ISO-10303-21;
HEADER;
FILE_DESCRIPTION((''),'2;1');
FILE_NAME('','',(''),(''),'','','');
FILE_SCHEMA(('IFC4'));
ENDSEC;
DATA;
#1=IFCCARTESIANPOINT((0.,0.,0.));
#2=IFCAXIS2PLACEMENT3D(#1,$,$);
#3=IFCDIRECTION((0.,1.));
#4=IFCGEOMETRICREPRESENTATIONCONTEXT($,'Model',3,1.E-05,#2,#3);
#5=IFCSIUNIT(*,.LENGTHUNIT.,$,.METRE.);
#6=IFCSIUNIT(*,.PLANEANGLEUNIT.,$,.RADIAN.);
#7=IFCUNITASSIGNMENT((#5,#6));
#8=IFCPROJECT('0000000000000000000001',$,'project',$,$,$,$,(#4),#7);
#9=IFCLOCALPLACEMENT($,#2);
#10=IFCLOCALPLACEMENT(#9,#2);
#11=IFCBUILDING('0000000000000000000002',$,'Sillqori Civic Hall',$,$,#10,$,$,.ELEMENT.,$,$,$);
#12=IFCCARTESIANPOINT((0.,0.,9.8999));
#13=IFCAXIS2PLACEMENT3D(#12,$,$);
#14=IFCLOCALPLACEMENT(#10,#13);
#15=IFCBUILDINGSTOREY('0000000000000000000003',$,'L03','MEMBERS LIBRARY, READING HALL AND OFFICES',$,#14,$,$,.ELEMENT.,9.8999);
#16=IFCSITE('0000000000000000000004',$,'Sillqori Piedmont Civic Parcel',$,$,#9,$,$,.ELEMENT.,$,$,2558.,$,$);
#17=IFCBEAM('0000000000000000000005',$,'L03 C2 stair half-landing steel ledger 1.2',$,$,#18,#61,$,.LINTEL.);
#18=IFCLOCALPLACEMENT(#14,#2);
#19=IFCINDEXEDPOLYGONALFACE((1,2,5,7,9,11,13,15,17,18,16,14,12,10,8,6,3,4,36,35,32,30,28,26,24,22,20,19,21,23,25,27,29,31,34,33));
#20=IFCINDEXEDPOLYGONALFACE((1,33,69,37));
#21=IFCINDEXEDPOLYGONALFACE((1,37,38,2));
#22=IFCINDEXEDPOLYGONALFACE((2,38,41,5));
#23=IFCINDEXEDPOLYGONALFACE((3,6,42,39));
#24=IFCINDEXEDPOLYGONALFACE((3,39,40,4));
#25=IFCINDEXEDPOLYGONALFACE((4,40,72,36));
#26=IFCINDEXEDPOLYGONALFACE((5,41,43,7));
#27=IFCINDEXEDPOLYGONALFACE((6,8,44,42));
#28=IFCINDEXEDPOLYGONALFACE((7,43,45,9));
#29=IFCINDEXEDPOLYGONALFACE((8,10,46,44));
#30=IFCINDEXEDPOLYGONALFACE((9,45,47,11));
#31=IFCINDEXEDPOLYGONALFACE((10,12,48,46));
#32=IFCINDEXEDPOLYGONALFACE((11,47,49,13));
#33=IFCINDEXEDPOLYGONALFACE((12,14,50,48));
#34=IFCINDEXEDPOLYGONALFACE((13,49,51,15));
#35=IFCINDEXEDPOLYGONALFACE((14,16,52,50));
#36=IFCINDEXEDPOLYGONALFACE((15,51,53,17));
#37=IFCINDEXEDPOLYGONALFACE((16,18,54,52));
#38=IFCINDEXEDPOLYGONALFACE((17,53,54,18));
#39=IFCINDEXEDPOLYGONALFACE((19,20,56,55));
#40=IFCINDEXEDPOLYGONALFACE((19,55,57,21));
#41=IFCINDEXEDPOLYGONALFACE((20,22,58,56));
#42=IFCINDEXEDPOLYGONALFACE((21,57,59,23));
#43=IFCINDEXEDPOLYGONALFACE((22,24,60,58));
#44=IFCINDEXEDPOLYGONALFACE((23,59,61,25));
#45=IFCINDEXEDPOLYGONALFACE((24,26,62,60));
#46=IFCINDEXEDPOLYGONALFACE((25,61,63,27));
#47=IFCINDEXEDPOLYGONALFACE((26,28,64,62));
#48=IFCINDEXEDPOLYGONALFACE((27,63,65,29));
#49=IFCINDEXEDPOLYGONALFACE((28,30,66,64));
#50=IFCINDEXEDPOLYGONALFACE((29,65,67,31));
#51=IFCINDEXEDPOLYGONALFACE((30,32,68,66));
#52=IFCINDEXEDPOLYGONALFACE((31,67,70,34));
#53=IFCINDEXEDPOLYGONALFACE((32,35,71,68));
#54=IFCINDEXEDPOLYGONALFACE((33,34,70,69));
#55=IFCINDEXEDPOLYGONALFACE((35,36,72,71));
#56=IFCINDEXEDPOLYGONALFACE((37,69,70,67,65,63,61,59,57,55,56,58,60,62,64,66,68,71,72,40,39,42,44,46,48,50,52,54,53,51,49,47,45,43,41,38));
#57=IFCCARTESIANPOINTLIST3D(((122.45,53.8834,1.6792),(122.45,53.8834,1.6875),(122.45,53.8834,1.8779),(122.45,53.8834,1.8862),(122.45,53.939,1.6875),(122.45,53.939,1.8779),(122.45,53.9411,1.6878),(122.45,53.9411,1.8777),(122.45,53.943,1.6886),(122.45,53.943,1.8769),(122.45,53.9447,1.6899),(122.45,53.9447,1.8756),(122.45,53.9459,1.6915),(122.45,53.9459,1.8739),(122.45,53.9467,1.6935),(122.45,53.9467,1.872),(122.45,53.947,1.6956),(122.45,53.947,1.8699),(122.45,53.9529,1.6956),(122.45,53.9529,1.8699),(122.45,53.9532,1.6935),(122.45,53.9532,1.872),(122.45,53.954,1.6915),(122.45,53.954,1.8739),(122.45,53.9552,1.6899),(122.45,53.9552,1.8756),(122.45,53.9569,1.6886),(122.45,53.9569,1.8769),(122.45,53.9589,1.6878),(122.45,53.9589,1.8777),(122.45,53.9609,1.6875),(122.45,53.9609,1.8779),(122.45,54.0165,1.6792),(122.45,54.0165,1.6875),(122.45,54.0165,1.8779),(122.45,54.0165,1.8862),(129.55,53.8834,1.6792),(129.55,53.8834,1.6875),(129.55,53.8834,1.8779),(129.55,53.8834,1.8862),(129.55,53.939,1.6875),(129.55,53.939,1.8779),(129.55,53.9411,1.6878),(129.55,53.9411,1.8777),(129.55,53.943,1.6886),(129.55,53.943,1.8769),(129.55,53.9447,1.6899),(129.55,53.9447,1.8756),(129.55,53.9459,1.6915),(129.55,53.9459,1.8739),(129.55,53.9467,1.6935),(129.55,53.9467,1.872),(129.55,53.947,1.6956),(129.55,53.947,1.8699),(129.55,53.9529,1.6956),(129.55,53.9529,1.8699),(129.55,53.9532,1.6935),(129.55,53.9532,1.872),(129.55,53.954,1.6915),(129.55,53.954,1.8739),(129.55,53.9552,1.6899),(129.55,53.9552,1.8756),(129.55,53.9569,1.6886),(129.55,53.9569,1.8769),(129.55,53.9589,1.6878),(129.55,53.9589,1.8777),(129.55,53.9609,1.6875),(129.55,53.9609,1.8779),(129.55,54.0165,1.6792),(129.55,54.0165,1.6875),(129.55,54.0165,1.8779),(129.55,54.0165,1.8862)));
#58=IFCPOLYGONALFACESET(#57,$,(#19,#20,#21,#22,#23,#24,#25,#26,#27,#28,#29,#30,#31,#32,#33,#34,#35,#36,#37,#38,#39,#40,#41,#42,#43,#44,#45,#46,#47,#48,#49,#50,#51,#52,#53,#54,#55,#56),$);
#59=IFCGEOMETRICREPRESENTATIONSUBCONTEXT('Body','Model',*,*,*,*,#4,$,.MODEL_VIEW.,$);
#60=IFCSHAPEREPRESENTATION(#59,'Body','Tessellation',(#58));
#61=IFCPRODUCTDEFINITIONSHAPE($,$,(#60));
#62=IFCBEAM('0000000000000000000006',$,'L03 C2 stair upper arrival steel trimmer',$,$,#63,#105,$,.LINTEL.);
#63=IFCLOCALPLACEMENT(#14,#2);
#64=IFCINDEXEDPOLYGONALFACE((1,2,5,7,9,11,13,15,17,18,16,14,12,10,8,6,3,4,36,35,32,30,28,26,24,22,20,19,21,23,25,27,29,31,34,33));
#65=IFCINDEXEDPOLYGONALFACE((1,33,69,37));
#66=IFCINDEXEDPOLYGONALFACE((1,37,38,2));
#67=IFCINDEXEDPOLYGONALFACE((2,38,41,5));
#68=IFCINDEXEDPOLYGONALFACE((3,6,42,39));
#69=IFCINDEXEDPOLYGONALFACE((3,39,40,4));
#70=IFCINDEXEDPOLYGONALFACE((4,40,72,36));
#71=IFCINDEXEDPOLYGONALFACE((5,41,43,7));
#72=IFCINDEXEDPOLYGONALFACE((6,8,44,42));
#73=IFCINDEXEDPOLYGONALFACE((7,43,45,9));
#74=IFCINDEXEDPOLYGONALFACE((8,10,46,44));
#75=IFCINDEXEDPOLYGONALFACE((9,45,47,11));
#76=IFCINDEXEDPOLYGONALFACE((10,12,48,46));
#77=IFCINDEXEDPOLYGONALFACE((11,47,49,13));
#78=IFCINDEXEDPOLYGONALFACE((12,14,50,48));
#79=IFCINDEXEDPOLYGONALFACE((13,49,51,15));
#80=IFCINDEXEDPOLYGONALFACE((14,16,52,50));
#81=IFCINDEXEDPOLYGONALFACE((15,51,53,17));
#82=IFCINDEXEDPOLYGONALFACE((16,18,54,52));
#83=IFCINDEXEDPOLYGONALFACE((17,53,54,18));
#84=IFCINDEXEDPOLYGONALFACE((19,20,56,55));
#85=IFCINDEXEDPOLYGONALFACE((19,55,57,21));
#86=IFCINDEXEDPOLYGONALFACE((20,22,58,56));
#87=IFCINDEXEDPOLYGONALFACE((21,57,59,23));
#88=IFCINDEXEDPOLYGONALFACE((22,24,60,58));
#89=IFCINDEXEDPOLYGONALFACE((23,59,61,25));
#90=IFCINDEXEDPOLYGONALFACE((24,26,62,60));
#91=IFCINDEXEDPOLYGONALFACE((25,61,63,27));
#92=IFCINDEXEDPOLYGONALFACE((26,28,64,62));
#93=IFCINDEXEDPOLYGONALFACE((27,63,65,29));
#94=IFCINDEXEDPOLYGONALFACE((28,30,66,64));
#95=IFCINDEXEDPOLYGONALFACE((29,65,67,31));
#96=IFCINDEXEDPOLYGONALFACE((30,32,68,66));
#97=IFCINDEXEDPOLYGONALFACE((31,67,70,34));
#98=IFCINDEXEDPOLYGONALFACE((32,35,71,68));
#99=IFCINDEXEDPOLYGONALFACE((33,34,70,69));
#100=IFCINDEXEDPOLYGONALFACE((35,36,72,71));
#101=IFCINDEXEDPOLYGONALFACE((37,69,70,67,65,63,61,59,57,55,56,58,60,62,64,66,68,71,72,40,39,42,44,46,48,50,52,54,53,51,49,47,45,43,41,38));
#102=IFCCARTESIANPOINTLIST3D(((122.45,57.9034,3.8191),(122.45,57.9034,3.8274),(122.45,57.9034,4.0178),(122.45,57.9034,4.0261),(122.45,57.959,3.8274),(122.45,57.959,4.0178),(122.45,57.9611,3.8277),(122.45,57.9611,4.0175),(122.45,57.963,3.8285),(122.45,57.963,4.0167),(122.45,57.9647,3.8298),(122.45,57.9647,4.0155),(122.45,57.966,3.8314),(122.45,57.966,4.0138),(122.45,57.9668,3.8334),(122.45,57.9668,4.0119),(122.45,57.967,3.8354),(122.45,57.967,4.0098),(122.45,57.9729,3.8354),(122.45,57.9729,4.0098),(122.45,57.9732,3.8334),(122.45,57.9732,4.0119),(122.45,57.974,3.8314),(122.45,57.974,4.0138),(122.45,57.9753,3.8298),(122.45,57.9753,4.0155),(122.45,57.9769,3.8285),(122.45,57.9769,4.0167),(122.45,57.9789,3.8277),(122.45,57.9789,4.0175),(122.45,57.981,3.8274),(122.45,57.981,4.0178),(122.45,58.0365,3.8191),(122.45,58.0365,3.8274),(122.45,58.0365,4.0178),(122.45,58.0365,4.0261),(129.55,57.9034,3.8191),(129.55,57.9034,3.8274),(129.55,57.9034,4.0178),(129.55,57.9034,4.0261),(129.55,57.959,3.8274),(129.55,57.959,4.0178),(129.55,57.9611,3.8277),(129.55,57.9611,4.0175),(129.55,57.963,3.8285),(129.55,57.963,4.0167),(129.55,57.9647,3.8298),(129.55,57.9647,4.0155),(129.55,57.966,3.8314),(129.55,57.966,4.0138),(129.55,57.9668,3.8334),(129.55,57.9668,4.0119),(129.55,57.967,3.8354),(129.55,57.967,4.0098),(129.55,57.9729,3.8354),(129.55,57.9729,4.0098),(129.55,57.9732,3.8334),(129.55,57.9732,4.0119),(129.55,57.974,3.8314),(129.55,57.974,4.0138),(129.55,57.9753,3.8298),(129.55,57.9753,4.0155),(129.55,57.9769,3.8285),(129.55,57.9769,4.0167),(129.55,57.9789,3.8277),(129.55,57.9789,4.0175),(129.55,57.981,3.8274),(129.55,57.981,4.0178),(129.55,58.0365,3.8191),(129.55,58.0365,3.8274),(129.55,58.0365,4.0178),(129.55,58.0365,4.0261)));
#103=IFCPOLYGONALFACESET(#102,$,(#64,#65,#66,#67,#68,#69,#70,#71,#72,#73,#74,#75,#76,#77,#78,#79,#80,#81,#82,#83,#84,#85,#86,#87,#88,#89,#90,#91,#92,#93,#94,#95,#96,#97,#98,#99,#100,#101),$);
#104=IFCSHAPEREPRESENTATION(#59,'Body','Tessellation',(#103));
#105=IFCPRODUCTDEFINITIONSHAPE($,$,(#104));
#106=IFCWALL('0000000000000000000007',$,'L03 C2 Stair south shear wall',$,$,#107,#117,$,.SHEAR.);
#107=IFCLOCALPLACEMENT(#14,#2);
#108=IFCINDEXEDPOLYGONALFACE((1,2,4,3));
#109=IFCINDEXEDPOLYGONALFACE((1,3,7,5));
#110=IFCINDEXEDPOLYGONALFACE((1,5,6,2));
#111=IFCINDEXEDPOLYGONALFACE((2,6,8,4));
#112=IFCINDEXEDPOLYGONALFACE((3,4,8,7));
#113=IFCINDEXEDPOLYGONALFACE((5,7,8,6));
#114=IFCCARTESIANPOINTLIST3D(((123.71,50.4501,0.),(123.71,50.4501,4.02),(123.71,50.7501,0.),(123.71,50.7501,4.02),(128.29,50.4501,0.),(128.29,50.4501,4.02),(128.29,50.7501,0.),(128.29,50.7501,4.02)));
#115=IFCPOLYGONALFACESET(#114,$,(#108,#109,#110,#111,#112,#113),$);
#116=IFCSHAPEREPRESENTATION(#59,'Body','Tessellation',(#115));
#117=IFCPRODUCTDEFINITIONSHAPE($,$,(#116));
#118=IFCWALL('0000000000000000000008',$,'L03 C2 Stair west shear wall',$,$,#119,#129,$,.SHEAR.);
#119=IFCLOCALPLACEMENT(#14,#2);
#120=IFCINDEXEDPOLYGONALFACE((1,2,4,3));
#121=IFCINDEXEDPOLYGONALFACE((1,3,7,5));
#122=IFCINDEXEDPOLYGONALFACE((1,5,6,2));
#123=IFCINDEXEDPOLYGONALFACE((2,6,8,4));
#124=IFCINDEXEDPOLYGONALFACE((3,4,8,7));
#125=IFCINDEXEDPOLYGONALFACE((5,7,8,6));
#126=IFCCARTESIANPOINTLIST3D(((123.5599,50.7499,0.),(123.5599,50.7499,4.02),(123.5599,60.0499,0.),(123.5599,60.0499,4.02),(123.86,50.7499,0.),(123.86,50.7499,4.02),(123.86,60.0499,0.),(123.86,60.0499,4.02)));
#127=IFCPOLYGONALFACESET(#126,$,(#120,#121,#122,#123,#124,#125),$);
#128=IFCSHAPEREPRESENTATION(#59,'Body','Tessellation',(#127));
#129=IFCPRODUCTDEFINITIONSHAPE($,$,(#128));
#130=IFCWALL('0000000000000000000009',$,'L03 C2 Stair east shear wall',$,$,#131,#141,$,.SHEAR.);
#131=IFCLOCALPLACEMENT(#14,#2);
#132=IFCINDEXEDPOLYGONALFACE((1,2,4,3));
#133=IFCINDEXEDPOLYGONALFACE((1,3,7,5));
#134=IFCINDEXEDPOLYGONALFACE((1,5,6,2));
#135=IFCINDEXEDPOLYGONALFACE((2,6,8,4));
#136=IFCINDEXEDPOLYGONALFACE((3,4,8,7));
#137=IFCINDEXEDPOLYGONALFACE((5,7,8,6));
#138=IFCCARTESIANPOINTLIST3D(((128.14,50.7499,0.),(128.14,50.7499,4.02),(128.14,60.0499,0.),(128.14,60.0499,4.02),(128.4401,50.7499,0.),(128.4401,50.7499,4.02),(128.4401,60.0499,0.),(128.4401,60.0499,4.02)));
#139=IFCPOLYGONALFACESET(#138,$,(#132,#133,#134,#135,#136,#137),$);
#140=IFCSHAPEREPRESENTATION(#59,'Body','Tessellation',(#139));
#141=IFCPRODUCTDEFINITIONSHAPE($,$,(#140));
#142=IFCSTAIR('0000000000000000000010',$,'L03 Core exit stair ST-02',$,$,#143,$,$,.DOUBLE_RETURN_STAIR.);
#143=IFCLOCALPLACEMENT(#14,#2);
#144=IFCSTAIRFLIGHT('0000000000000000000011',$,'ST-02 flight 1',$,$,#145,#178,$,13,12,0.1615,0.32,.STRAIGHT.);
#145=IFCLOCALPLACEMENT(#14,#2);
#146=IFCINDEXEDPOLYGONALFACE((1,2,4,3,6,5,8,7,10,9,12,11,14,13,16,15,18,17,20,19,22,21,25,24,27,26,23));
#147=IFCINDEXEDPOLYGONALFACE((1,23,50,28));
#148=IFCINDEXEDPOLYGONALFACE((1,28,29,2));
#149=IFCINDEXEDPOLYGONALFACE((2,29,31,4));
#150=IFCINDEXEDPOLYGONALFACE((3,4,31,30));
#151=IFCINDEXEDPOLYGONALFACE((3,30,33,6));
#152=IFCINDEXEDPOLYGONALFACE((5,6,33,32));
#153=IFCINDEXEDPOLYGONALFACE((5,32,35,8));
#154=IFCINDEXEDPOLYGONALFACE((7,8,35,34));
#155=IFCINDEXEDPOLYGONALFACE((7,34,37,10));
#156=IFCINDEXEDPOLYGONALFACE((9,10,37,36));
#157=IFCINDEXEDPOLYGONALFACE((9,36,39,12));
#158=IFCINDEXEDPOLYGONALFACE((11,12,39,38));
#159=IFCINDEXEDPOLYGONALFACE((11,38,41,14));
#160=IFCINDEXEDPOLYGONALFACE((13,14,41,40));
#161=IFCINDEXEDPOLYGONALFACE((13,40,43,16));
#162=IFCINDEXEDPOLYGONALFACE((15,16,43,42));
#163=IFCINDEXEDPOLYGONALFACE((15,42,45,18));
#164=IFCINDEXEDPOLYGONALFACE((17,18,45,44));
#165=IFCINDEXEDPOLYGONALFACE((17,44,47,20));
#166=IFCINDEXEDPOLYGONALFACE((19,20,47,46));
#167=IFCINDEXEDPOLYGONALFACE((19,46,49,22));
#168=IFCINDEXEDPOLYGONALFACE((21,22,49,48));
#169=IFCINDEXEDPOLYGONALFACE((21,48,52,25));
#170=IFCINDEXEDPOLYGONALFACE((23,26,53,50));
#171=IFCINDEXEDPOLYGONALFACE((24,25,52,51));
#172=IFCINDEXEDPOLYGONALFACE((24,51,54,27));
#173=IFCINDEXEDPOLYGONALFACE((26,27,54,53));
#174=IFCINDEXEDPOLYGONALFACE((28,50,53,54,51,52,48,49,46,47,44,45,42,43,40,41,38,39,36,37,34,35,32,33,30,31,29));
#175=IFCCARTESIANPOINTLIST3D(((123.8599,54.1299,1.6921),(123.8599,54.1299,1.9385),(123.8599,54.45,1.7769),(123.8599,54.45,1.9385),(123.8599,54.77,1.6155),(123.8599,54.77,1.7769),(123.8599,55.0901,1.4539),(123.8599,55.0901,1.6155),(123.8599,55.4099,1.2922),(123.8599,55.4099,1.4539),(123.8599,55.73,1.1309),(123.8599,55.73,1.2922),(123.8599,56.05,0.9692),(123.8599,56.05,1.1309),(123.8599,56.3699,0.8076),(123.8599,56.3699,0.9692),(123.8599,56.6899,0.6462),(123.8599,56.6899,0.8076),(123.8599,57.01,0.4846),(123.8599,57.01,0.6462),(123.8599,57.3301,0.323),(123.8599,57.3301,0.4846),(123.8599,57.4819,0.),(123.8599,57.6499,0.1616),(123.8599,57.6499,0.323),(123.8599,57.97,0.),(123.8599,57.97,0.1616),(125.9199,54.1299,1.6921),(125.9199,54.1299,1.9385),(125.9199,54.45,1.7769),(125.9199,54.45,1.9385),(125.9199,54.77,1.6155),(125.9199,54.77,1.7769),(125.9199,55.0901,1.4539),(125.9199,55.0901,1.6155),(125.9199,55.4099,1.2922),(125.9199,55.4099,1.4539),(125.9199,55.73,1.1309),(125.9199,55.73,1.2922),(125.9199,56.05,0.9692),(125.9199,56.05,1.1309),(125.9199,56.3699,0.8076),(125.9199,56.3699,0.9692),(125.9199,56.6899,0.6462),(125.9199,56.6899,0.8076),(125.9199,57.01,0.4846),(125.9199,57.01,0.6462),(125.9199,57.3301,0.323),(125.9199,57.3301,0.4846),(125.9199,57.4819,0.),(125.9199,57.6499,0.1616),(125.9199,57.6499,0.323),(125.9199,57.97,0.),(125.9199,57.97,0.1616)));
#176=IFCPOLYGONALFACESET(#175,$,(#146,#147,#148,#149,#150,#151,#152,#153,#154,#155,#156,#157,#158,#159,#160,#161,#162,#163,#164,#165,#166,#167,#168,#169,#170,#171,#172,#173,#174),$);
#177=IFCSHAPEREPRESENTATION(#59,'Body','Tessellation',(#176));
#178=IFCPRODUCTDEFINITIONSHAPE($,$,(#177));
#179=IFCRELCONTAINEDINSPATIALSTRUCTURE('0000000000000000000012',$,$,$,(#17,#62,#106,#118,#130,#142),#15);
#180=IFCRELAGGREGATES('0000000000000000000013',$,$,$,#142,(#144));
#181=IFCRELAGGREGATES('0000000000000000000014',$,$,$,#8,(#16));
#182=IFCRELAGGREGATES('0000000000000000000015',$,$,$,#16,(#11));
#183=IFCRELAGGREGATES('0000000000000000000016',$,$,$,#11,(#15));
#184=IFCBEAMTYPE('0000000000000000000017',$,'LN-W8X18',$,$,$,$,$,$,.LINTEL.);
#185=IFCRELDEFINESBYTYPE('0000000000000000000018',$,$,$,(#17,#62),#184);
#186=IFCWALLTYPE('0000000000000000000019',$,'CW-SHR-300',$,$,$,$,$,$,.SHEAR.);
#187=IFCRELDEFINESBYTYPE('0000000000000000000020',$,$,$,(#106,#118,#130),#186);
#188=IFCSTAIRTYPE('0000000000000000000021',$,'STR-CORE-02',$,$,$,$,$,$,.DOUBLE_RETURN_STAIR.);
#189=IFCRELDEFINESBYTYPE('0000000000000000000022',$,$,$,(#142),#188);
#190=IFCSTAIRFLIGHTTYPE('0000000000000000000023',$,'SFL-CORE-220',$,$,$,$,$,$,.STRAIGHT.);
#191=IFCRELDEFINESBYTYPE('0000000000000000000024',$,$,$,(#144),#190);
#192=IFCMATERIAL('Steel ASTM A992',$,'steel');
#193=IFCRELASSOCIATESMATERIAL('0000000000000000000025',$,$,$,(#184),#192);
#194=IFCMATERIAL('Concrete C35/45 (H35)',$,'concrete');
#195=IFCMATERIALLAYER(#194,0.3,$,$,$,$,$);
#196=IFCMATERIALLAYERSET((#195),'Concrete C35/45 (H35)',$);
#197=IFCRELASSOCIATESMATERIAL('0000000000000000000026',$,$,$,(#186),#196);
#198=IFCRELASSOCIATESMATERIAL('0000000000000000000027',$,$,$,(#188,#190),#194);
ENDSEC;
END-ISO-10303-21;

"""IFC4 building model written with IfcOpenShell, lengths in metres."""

from ifc_helpers import new_model, si_unit, direction, frame, frame_2d, origin, origin_2d, place, context, subcontext, project, spatial, polyline, rectangle, i_section, outline, extrude, material, layer, layer_set, material_profile, profile_set, type_object, element, aggregate, save


model = new_model("IFC4")

# Units and contexts
model_context = context("Model", 3, precision=1e-05, world=origin(), true_north=direction((0.0, 1.0)))
body_context = subcontext(model_context, "Body", "Model", "MODEL_VIEW")
ifc_project = project(units=[si_unit("LENGTHUNIT", "METRE"), si_unit("PLANEANGLEUNIT", "RADIAN")], contexts=[model_context])

# Site, building, storey
site_placement = place(None, origin())
site = spatial("IfcSite", under=ifc_project, at=site_placement, Name="Sillqori Piedmont Civic Parcel", CompositionType="ELEMENT", RefElevation=2558.0)
building_placement = place(site_placement, origin())
building = spatial("IfcBuilding", under=site, at=building_placement, Name="Sillqori Civic Hall", CompositionType="ELEMENT")
storey_placement = place(building_placement, frame((0.0, 0.0, 9.8999)))
storey = spatial("IfcBuildingStorey", under=building, at=storey_placement, Name="L03", Description="MEMBERS LIBRARY, READING HALL AND OFFICES", CompositionType="ELEMENT", Elevation=9.8999)

# Shared definitions
ifc_material_1 = material(Name="Steel ASTM A992", Category="steel")

# Beams
ifc_material_profile_1 = material_profile(ifc_material_1, i_section(OverallWidth=0.1331, OverallDepth=0.207, WebThickness=0.0059, FlangeThickness=0.0083, FilletRadius=0.0081, at=origin_2d()), Name="W8X18")
ifc_profile_set_1 = profile_set([ifc_material_profile_1], Name="Steel ASTM A992")
beam_type_1 = type_object("IfcBeamType", Name="LN-W8X18", PredefinedType="LINTEL", material=ifc_profile_set_1)
for number, where, z_axis, x_axis, name in (
    (1, (122.45, 53.95, 1.7827), (1.0, 0.0, 0.0), (0.0, 1.0, 0.0), "L03 C2 stair half-landing steel ledger 1.2"),
    (2, (122.45, 57.97, 3.9226), (1.0, 0.0, 0.0), (0.0, 1.0, 0.0), "L03 C2 stair upper arrival steel trimmer"),
):
    element("IfcBeam", number, at=place(storey_placement, frame(where, z_axis=z_axis, x_axis=x_axis)), inside=storey, type_object=beam_type_1, Name=name, PredefinedType="LINTEL", context=body_context, shape_type="SweptSolid", body=[
        extrude(i_section(OverallWidth=0.1331, OverallDepth=0.207, WebThickness=0.0059, FlangeThickness=0.0083, FilletRadius=0.0081, at=origin_2d()), origin(), (0.0, 0.0, 1.0), 7.1001),
    ])

# Shared definitions
ifc_material_2 = material(Name="Concrete C35/45 (H35)", Category="concrete")

# Walls
ifc_layer_1 = layer(ifc_material_2, 0.3)
ifc_layer_set_1 = layer_set([ifc_layer_1], Name="Concrete C35/45 (H35)")
wall_type_1 = type_object("IfcWallType", Name="CW-SHR-300", PredefinedType="SHEAR", material=ifc_layer_set_1)
wall_1_placement = place(storey_placement, frame((123.71, 50.6001, 0.0), z_axis=(0.0, 0.0, 1.0), x_axis=(1.0, 0.0, 0.0)))
element("IfcWall", 3, at=wall_1_placement, inside=storey, type_object=wall_type_1, Name="L03 C2 Stair south shear wall", PredefinedType="SHEAR", context=body_context, shape_type="SweptSolid", body=[
    extrude(rectangle(XDim=4.5801, YDim=0.3, at=frame_2d((2.29, 0.0))), origin(), (0.0, 0.0, 1.0), 4.02),
])
for number, where, z_axis, x_axis, name in (
    (4, (123.71, 50.75, 0.0), (0.0, 0.0, 1.0), (0.0, 1.0, 0.0), "L03 C2 Stair west shear wall"),
    (5, (128.29, 50.75, 0.0), (0.0, 0.0, 1.0), (0.0, 1.0, 0.0), "L03 C2 Stair east shear wall"),
):
    element("IfcWall", number, at=place(storey_placement, frame(where, z_axis=z_axis, x_axis=x_axis)), inside=storey, type_object=wall_type_1, Name=name, PredefinedType="SHEAR", context=body_context, shape_type="SweptSolid", body=[
        extrude(rectangle(XDim=9.3, YDim=0.3, at=frame_2d((4.6499, 0.0))), origin(), (0.0, 0.0, 1.0), 4.02),
    ])

# Stair, stair flight
stair_type = type_object("IfcStairType", Name="STR-CORE-02", PredefinedType="DOUBLE_RETURN_STAIR", material=ifc_material_2)
stair_placement = place(storey_placement, origin())
stair = element("IfcStair", 6, at=stair_placement, inside=storey, type_object=stair_type, Name="L03 Core exit stair ST-02", PredefinedType="DOUBLE_RETURN_STAIR")
stair_flight_type = type_object("IfcStairFlightType", Name="SFL-CORE-220", PredefinedType="STRAIGHT", material=ifc_material_2)
stair_flight_1_placement = place(storey_placement, frame((124.8899, 57.97, 0.0), z_axis=(0.0, 0.0, 1.0), x_axis=(0.0, -1.0, 0.0)))
stair_flight_1 = element("IfcStairFlight", 7, at=stair_flight_1_placement, type_object=stair_flight_type, Name="ST-02 flight 1", NumberOfRisers=13, NumberOfTreads=12, PredefinedType="STRAIGHT", RiserHeight=0.1615, TreadLength=0.32, context=body_context, shape_type="SweptSolid", body=[
    extrude(outline(polyline([(0.0, 0.0), (0.0, 0.1616), (0.3201, 0.1616), (0.3201, 0.323), (0.6399, 0.323), (0.6399, 0.4846), (0.96, 0.4846), (0.96, 0.6462), (1.28, 0.6462), (1.28, 0.8076), (1.6001, 0.8076), (1.6001, 0.9692), (1.9199, 0.9692), (1.9199, 1.1309), (2.24, 1.1309), (2.24, 1.2922), (2.5601, 1.2922), (2.5601, 1.4539), (2.8799, 1.4539), (2.8799, 1.6155), (3.2, 1.6155), (3.2, 1.7769), (3.52, 1.7769), (3.52, 1.9385), (3.8401, 1.9385), (3.8401, 2.1001), (3.8401, 1.6921), (0.488, 0.0), (0.0, 0.0)])), frame((0.0, 1.03, 0.0), z_axis=(0.0, -1.0, 0.0), x_axis=(1.0, 0.0, 0.0)), (0.0, 0.0, 1.0), 2.0601),
])
aggregate(stair, [stair_flight_1])

save(model, "model.ifc")
